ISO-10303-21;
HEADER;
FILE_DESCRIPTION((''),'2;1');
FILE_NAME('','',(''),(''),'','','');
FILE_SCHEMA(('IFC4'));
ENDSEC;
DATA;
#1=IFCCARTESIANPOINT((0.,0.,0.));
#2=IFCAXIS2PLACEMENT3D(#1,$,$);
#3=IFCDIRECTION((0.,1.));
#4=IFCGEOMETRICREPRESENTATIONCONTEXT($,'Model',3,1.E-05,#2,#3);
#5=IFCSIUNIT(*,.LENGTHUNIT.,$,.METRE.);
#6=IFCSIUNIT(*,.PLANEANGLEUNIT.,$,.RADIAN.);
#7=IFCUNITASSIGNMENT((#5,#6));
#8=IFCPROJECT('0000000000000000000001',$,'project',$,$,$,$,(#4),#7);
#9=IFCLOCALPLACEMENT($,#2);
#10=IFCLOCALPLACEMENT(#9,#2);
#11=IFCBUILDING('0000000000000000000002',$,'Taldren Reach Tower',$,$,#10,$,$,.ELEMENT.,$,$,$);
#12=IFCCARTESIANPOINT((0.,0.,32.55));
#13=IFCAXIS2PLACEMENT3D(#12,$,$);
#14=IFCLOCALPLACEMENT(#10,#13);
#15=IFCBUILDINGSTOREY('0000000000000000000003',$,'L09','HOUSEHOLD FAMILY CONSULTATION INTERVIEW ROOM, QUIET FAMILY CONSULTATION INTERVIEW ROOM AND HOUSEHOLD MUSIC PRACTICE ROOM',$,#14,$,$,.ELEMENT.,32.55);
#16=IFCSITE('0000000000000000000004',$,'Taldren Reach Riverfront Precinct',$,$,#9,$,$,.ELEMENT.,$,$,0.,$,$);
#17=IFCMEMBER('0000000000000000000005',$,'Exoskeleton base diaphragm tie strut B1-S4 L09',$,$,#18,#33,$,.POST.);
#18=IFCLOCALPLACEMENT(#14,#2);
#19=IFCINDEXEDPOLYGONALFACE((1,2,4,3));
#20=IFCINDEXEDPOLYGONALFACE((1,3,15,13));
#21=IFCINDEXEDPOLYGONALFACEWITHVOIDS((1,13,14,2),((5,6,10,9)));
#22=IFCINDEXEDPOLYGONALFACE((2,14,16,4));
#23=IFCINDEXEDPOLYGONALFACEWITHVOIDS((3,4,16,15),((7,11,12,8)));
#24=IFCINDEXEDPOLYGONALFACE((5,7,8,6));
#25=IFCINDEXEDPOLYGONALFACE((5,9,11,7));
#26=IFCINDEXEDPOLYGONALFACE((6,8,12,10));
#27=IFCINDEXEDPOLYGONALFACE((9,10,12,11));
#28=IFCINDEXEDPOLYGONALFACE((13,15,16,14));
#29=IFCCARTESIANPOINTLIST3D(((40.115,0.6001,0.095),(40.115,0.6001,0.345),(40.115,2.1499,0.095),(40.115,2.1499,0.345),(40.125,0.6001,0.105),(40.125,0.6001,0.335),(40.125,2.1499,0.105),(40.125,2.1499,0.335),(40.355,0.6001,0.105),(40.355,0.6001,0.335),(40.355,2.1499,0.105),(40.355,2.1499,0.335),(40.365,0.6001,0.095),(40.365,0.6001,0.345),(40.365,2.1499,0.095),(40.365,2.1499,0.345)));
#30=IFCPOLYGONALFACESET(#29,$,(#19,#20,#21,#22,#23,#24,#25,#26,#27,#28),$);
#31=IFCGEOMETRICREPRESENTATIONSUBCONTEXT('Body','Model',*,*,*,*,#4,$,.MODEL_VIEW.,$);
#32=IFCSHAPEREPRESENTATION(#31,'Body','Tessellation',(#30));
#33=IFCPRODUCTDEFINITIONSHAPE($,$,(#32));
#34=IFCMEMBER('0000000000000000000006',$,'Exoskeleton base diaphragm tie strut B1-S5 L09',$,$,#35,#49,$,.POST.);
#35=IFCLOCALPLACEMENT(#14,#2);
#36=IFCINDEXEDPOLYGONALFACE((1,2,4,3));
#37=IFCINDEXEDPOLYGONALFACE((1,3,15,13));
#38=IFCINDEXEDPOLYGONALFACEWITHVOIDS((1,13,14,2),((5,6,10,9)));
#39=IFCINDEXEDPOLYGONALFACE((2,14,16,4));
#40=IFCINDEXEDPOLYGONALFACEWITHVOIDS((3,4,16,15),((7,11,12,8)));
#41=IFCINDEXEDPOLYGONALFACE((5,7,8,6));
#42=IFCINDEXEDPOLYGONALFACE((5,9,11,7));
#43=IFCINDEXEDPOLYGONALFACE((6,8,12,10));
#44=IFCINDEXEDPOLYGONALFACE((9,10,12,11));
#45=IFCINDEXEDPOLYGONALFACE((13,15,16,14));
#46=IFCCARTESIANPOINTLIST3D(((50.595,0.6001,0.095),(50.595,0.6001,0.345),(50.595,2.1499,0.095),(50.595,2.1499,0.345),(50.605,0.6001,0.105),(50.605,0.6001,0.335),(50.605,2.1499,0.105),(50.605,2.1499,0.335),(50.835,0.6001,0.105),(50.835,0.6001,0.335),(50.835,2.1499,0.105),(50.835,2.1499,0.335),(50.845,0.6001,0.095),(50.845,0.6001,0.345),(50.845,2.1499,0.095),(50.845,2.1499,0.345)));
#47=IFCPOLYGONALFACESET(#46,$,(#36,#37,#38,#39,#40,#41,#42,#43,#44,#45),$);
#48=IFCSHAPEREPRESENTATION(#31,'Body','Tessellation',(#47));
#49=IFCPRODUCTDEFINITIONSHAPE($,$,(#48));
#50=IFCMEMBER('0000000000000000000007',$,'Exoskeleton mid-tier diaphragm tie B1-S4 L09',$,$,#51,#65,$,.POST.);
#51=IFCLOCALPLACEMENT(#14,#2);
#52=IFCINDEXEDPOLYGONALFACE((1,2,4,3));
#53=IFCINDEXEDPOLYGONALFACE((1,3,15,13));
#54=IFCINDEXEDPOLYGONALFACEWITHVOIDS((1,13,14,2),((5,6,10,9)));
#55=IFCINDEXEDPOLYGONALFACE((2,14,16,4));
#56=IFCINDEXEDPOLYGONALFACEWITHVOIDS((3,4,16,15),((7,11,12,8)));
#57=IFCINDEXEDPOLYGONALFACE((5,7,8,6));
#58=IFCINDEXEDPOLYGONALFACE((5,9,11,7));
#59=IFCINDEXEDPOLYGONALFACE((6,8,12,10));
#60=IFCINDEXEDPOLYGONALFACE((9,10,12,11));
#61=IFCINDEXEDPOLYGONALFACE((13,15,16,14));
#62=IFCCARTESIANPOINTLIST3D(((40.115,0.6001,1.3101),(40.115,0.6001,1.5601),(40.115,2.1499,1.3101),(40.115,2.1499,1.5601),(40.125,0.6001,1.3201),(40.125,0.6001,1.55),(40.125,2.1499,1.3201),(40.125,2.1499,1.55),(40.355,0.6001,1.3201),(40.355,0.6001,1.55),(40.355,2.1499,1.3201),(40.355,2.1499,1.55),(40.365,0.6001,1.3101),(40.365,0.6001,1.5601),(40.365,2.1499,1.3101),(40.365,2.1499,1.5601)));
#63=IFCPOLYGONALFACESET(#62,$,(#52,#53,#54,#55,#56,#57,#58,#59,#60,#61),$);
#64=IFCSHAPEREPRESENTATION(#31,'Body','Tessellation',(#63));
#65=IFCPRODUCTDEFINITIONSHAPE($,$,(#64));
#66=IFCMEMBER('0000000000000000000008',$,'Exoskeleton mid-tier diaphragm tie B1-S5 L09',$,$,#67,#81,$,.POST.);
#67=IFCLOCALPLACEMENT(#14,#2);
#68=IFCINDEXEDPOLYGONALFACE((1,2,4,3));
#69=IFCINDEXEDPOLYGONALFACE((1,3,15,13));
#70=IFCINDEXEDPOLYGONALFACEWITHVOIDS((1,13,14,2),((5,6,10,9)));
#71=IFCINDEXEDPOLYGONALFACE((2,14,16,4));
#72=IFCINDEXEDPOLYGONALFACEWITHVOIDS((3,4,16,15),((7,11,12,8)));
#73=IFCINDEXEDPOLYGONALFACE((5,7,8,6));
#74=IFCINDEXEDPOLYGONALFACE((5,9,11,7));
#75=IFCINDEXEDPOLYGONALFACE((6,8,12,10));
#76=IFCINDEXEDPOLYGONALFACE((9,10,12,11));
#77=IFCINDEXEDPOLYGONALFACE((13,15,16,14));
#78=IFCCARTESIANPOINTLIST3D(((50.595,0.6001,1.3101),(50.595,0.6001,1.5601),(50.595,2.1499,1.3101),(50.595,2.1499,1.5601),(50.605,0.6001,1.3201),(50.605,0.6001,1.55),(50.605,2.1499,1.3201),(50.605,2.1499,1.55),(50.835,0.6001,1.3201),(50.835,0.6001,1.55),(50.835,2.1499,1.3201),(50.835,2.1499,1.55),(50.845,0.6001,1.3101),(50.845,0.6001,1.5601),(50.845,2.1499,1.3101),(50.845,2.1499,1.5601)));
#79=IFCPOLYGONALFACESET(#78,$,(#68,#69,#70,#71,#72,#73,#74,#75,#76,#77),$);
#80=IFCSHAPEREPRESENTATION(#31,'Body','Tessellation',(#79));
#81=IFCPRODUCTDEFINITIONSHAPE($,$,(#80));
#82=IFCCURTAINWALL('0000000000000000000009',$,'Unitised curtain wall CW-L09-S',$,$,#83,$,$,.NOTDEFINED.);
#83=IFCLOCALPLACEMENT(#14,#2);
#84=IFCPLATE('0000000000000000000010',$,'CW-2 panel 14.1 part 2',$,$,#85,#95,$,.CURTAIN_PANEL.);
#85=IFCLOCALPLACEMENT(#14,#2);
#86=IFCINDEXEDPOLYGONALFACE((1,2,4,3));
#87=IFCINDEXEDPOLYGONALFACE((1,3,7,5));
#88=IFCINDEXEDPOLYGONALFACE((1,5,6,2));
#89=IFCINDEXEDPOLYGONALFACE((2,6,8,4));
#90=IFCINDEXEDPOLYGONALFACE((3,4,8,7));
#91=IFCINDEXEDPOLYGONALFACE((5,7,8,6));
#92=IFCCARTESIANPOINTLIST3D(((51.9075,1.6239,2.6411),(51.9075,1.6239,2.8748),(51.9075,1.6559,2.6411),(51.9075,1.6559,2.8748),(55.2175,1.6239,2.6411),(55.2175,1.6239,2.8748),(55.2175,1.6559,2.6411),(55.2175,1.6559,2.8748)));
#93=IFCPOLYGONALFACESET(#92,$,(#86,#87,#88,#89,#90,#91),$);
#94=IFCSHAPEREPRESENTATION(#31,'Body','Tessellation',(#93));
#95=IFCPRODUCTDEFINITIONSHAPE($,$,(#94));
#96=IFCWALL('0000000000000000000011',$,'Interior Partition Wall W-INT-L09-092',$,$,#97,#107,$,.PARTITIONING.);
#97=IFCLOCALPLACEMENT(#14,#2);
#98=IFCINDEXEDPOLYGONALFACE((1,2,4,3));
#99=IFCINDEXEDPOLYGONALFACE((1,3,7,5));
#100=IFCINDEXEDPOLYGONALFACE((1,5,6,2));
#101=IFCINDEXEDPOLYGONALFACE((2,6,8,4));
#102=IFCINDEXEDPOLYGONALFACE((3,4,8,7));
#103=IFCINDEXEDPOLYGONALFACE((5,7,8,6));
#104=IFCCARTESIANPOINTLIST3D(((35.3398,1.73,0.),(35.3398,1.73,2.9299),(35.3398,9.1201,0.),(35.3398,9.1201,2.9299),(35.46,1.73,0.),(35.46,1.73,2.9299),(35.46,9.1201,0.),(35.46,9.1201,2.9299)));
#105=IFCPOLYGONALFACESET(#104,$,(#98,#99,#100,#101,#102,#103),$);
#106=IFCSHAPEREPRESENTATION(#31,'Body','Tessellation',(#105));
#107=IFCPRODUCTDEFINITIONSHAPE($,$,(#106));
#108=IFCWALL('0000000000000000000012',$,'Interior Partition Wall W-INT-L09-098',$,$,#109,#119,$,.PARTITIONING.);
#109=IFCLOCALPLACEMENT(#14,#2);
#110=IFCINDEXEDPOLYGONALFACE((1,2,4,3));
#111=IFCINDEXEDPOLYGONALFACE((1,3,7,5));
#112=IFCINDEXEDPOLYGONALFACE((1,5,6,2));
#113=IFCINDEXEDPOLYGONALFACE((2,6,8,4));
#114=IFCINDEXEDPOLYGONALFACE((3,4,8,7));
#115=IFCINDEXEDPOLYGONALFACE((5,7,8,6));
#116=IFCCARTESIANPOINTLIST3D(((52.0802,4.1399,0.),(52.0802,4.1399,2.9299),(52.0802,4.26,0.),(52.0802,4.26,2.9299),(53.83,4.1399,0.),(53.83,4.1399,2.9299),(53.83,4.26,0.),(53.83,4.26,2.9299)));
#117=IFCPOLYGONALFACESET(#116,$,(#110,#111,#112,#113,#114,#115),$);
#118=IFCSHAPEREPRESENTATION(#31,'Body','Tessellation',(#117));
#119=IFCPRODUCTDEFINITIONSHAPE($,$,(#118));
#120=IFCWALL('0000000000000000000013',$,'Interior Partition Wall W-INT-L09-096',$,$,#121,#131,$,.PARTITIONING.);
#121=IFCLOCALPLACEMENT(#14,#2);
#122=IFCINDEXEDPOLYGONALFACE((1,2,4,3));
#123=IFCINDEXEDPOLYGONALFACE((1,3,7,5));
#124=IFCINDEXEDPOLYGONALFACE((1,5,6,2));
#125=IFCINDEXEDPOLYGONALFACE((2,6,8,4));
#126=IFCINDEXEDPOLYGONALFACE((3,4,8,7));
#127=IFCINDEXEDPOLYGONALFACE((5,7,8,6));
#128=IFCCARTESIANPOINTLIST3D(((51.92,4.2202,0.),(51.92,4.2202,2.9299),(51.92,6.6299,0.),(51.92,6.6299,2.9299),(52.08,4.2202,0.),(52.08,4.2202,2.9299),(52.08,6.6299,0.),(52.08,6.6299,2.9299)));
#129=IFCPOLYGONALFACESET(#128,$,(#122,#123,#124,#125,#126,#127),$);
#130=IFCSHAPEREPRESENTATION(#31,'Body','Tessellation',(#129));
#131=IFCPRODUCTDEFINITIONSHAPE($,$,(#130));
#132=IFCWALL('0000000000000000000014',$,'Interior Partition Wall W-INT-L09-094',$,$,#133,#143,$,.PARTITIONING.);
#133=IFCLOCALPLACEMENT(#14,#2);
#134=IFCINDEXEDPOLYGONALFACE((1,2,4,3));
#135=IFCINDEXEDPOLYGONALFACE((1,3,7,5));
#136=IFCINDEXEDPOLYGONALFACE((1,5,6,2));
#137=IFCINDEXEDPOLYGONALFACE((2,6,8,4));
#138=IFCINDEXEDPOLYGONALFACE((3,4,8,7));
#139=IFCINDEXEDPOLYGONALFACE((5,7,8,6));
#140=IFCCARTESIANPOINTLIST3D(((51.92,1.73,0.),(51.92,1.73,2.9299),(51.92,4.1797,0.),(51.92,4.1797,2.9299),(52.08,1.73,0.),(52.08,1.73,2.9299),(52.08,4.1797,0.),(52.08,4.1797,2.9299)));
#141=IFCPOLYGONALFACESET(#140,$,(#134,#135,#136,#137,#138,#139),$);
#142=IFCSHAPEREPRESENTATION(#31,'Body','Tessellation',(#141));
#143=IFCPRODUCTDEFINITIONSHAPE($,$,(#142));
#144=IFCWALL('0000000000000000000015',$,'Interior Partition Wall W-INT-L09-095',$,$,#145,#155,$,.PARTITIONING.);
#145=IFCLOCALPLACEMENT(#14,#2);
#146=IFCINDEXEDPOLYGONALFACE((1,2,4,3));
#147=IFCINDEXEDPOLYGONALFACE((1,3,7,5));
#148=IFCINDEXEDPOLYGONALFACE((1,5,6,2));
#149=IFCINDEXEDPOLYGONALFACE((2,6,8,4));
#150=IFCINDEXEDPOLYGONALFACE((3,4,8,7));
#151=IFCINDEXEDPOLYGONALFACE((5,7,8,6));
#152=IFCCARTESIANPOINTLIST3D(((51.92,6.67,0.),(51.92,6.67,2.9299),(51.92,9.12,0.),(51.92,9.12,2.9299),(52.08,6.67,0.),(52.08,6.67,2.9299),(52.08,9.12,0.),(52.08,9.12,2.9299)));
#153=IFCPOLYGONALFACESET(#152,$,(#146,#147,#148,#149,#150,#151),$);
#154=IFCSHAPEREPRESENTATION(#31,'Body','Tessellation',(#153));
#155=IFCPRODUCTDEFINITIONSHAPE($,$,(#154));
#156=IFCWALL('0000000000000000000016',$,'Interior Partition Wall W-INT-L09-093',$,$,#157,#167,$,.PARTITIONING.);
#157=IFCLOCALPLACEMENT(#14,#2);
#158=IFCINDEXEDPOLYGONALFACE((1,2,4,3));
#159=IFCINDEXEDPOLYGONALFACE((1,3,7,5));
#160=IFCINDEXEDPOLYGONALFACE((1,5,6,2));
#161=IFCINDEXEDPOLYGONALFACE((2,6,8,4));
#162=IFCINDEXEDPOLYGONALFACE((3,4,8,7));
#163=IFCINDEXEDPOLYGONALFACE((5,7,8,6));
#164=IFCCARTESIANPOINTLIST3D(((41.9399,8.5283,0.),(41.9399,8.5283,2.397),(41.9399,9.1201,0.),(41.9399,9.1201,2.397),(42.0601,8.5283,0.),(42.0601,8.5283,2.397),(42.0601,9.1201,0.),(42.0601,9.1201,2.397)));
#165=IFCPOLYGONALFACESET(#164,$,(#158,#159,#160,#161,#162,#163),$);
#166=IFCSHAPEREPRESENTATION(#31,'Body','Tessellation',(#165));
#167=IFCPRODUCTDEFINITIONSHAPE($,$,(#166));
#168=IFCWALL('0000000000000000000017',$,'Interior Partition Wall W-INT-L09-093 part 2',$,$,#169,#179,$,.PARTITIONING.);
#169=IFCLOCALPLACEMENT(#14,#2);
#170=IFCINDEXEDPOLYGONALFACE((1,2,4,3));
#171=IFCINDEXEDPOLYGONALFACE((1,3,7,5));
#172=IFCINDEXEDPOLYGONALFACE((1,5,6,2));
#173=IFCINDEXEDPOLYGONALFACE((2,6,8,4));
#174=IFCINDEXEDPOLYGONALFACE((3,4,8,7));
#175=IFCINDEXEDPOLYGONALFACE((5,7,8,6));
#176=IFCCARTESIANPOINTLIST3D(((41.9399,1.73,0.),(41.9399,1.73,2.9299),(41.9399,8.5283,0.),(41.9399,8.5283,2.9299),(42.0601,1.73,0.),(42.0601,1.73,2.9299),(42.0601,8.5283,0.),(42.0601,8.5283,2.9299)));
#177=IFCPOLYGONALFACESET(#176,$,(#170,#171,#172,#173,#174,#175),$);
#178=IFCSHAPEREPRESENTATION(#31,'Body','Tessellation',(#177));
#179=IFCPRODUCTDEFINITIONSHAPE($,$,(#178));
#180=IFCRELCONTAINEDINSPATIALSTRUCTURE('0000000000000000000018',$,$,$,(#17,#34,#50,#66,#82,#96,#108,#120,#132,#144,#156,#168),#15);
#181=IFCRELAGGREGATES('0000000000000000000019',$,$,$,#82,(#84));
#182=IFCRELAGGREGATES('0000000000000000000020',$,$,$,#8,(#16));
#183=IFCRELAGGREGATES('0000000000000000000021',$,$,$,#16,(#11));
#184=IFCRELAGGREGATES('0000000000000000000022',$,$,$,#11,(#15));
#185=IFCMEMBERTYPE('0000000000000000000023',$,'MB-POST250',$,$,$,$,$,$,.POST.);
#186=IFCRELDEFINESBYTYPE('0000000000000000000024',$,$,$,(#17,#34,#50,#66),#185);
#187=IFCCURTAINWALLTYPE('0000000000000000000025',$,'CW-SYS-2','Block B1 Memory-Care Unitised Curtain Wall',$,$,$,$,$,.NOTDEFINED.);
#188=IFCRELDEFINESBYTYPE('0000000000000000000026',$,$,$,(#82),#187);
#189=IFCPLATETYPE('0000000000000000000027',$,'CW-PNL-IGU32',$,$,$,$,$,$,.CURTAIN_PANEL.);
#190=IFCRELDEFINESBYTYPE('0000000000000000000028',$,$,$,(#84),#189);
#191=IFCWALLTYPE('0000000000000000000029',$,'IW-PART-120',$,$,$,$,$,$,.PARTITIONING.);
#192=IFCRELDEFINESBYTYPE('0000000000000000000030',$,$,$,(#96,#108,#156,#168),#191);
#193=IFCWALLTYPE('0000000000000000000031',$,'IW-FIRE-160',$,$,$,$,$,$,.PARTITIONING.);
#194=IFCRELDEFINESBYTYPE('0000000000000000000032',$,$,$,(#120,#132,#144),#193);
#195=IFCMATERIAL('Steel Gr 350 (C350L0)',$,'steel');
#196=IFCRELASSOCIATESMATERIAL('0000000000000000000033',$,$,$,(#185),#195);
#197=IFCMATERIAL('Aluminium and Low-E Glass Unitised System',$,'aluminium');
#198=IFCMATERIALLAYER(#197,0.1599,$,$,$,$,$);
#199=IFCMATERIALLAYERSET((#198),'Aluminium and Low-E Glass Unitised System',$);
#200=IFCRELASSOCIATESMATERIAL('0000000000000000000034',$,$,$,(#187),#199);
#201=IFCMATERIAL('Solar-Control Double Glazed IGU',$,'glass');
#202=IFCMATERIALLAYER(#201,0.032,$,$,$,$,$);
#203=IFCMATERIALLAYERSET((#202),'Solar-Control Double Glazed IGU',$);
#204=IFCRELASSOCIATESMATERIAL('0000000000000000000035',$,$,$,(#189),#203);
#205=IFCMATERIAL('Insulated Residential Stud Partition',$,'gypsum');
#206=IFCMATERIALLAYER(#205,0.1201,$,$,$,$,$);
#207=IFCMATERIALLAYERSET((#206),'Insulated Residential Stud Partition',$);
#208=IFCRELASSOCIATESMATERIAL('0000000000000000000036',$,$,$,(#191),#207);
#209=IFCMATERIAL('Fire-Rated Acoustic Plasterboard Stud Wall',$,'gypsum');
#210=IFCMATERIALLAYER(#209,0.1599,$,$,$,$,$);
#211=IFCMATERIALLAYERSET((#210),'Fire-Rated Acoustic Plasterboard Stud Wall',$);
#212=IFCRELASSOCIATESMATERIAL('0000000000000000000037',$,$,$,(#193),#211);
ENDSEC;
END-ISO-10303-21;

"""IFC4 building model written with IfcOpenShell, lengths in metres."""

from ifc_helpers import new_model, si_unit, direction, frame, frame_2d, origin, origin_2d, place, context, subcontext, project, spatial, rectangle, hollow_rectangle, extrude, source, transform, mapped, material, layer, layer_set, material_profile, profile_set, type_object, element, aggregate, save


model = new_model("IFC4")

# Units and contexts
model_context = context("Model", 3, precision=1e-05, world=origin(), true_north=direction((0.0, 1.0)))
body_context = subcontext(model_context, "Body", "Model", "MODEL_VIEW")
ifc_project = project(units=[si_unit("LENGTHUNIT", "METRE"), si_unit("PLANEANGLEUNIT", "RADIAN")], contexts=[model_context])

# Site, building, storey
site_placement = place(None, origin())
site = spatial("IfcSite", under=ifc_project, at=site_placement, Name="Taldren Reach Riverfront Precinct", CompositionType="ELEMENT", RefElevation=0.0)
building_placement = place(site_placement, origin())
building = spatial("IfcBuilding", under=site, at=building_placement, Name="Taldren Reach Tower", CompositionType="ELEMENT")
storey_placement = place(building_placement, frame((0.0, 0.0, 32.55)))
storey = spatial("IfcBuildingStorey", under=building, at=storey_placement, Name="L09", Description="HOUSEHOLD FAMILY CONSULTATION INTERVIEW ROOM, QUIET FAMILY CONSULTATION INTERVIEW ROOM AND HOUSEHOLD MUSIC PRACTICE ROOM", CompositionType="ELEMENT", Elevation=32.55)

# Members
ifc_material_1 = material(Name="Steel Gr 350 (C350L0)", Category="steel")
ifc_material_profile_1 = material_profile(ifc_material_1, hollow_rectangle(XDim=0.25, YDim=0.25, WallThickness=0.01, at=origin_2d()), Name="250x250x10.0SHS")
ifc_profile_set_1 = profile_set([ifc_material_profile_1], Name="Steel Gr 350 (C350L0)")
member_type_1 = type_object("IfcMemberType", Name="MB-POST250", PredefinedType="POST", material=ifc_profile_set_1)
shared_shape_1 = source(origin(), body_context, "Body", "SweptSolid", [
    extrude(hollow_rectangle(XDim=0.25, YDim=0.25, WallThickness=0.01, at=origin_2d()), origin(), (0.0, 0.0, 1.0), 1.5498),
])
for number, where, z_axis, x_axis, name in (
    (1, (40.24, 2.1499, 0.22), (0.0, -1.0, 0.0), (1.0, 0.0, 0.0), "Exoskeleton base diaphragm tie strut B1-S4 L09"),
    (2, (50.72, 2.1499, 0.22), (0.0, -1.0, 0.0), (1.0, 0.0, 0.0), "Exoskeleton base diaphragm tie strut B1-S5 L09"),
    (3, (40.24, 2.1499, 1.4351), (0.0, -1.0, 0.0), (1.0, 0.0, 0.0), "Exoskeleton mid-tier diaphragm tie B1-S4 L09"),
    (4, (50.72, 2.1499, 1.4351), (0.0, -1.0, 0.0), (1.0, 0.0, 0.0), "Exoskeleton mid-tier diaphragm tie B1-S5 L09"),
):
    element("IfcMember", number, at=place(storey_placement, frame(where, z_axis=z_axis, x_axis=x_axis)), inside=storey, type_object=member_type_1, Name=name, PredefinedType="POST", context=body_context, shape_type="MappedRepresentation", body=[
        mapped(shared_shape_1, transform((0.0, 0.0, 0.0), scale=1.0)),
    ])

# Curtain wall, plate
ifc_material_2 = material(Name="Aluminium and Low-E Glass Unitised System", Category="aluminium")
ifc_layer_1 = layer(ifc_material_2, 0.1599)
ifc_layer_set_1 = layer_set([ifc_layer_1], Name="Aluminium and Low-E Glass Unitised System")
curtain_wall_type = type_object("IfcCurtainWallType", Name="CW-SYS-2", Description="Block B1 Memory-Care Unitised Curtain Wall", PredefinedType="NOTDEFINED", material=ifc_layer_set_1)
curtain_wall_placement = place(storey_placement, origin())
curtain_wall = element("IfcCurtainWall", 5, at=curtain_wall_placement, inside=storey, type_object=curtain_wall_type, Name="Unitised curtain wall CW-L09-S", PredefinedType="NOTDEFINED")
ifc_material_3 = material(Name="Solar-Control Double Glazed IGU", Category="glass")
ifc_layer_2 = layer(ifc_material_3, 0.032)
ifc_layer_set_2 = layer_set([ifc_layer_2], Name="Solar-Control Double Glazed IGU")
plate_type = type_object("IfcPlateType", Name="CW-PNL-IGU32", PredefinedType="CURTAIN_PANEL", material=ifc_layer_set_2)
shared_shape_2 = source(origin(), body_context, "Body", "SweptSolid", [
    extrude(rectangle(XDim=3.3101, YDim=0.032, at=origin_2d()), origin(), (0.0, 0.0, 1.0), 0.2336),
])
plate_placement = place(storey_placement, frame((53.5625, 1.6399, 2.6411), z_axis=(0.0, 0.0, 1.0), x_axis=(1.0, 0.0, 0.0)))
plate = element("IfcPlate", 6, at=plate_placement, type_object=plate_type, Name="CW-2 panel 14.1 part 2", PredefinedType="CURTAIN_PANEL", context=body_context, shape_type="MappedRepresentation", body=[
    mapped(shared_shape_2, transform((0.0, 0.0, 0.0), scale=1.0)),
])
aggregate(curtain_wall, [plate])

# Walls
ifc_material_4 = material(Name="Insulated Residential Stud Partition", Category="gypsum")
ifc_layer_3 = layer(ifc_material_4, 0.1201)
ifc_layer_set_3 = layer_set([ifc_layer_3], Name="Insulated Residential Stud Partition")
wall_type_1 = type_object("IfcWallType", Name="IW-PART-120", PredefinedType="PARTITIONING", material=ifc_layer_set_3)
shared_shape_3 = source(origin(), body_context, "Body", "SweptSolid", [
    extrude(rectangle(XDim=7.3901, YDim=0.1201, at=frame_2d((3.6951, 0.0))), origin(), (0.0, 0.0, 1.0), 2.9299),
])
wall_1_placement = place(storey_placement, frame((35.3999, 9.1201, 0.0), z_axis=(0.0, 0.0, 1.0), x_axis=(0.0, -1.0, 0.0)))
element("IfcWall", 7, at=wall_1_placement, inside=storey, type_object=wall_type_1, Name="Interior Partition Wall W-INT-L09-092", PredefinedType="PARTITIONING", context=body_context, shape_type="MappedRepresentation", body=[
    mapped(shared_shape_3, transform((0.0, 0.0, 0.0), scale=1.0)),
])
shared_shape_4 = source(origin(), body_context, "Body", "SweptSolid", [
    extrude(rectangle(XDim=1.7498, YDim=0.1201, at=frame_2d((0.875, 0.0))), origin(), (0.0, 0.0, 1.0), 2.9299),
])
wall_2_placement = place(storey_placement, frame((52.0801, 4.2, 0.0), z_axis=(0.0, 0.0, 1.0), x_axis=(1.0, 0.0, 0.0)))
element("IfcWall", 8, at=wall_2_placement, inside=storey, type_object=wall_type_1, Name="Interior Partition Wall W-INT-L09-098", PredefinedType="PARTITIONING", context=body_context, shape_type="MappedRepresentation", body=[
    mapped(shared_shape_4, transform((0.0, 0.0, 0.0), scale=1.0)),
])
ifc_material_5 = material(Name="Fire-Rated Acoustic Plasterboard Stud Wall", Category="gypsum")
ifc_layer_4 = layer(ifc_material_5, 0.1599)
ifc_layer_set_4 = layer_set([ifc_layer_4], Name="Fire-Rated Acoustic Plasterboard Stud Wall")
wall_type_2 = type_object("IfcWallType", Name="IW-FIRE-160", PredefinedType="PARTITIONING", material=ifc_layer_set_4)
shared_shape_5 = source(origin(), body_context, "Body", "SweptSolid", [
    extrude(rectangle(XDim=2.4097, YDim=0.1599, at=frame_2d((1.2048, 0.0))), origin(), (0.0, 0.0, 1.0), 2.9299),
])
wall_3_placement = place(storey_placement, frame((52.0, 6.6299, 0.0), z_axis=(0.0, 0.0, 1.0), x_axis=(0.0, -1.0, 0.0)))
element("IfcWall", 9, at=wall_3_placement, inside=storey, type_object=wall_type_2, Name="Interior Partition Wall W-INT-L09-096", PredefinedType="PARTITIONING", context=body_context, shape_type="MappedRepresentation", body=[
    mapped(shared_shape_5, transform((0.0, 0.0, 0.0), scale=1.0)),
])
shared_shape_6 = source(origin(), body_context, "Body", "SweptSolid", [
    extrude(rectangle(XDim=2.4497, YDim=0.1599, at=frame_2d((1.2249, 0.0))), origin(), (0.0, 0.0, 1.0), 2.9299),
])
wall_4_placement = place(storey_placement, frame((52.0, 4.1797, 0.0), z_axis=(0.0, 0.0, 1.0), x_axis=(0.0, -1.0, 0.0)))
element("IfcWall", 10, at=wall_4_placement, inside=storey, type_object=wall_type_2, Name="Interior Partition Wall W-INT-L09-094", PredefinedType="PARTITIONING", context=body_context, shape_type="MappedRepresentation", body=[
    mapped(shared_shape_6, transform((0.0, 0.0, 0.0), scale=1.0)),
])
shared_shape_7 = source(origin(), body_context, "Body", "SweptSolid", [
    extrude(rectangle(XDim=2.45, YDim=0.1599, at=frame_2d((1.2251, 0.0))), origin(), (0.0, 0.0, 1.0), 2.9299),
])
wall_5_placement = place(storey_placement, frame((52.0, 9.1201, 0.0), z_axis=(0.0, 0.0, 1.0), x_axis=(0.0, -1.0, 0.0)))
element("IfcWall", 11, at=wall_5_placement, inside=storey, type_object=wall_type_2, Name="Interior Partition Wall W-INT-L09-095", PredefinedType="PARTITIONING", context=body_context, shape_type="MappedRepresentation", body=[
    mapped(shared_shape_7, transform((0.0, 0.0, 0.0), scale=1.0)),
])
shared_shape_8 = source(origin(), body_context, "Body", "SweptSolid", [
    extrude(rectangle(XDim=0.5918, YDim=0.1201, at=frame_2d((0.2959, 0.0))), origin(), (0.0, 0.0, 1.0), 2.397),
])
wall_6_placement = place(storey_placement, frame((42.0, 9.1201, 0.0), z_axis=(0.0, 0.0, 1.0), x_axis=(0.0, -1.0, 0.0)))
element("IfcWall", 12, at=wall_6_placement, inside=storey, type_object=wall_type_1, Name="Interior Partition Wall W-INT-L09-093", PredefinedType="PARTITIONING", context=body_context, shape_type="MappedRepresentation", body=[
    mapped(shared_shape_8, transform((0.0, 0.0, 0.0), scale=1.0)),
])
shared_shape_9 = source(origin(), body_context, "Body", "SweptSolid", [
    extrude(rectangle(XDim=6.7983, YDim=0.1201, at=frame_2d((3.3992, 0.0))), origin(), (0.0, 0.0, 1.0), 2.9299),
])
wall_7_placement = place(storey_placement, frame((42.0, 8.5283, 0.0), z_axis=(0.0, 0.0, 1.0), x_axis=(0.0, -1.0, 0.0)))
element("IfcWall", 13, at=wall_7_placement, inside=storey, type_object=wall_type_1, Name="Interior Partition Wall W-INT-L09-093 part 2", PredefinedType="PARTITIONING", context=body_context, shape_type="MappedRepresentation", body=[
    mapped(shared_shape_9, transform((0.0, 0.0, 0.0), scale=1.0)),
])

save(model, "model.ifc")
